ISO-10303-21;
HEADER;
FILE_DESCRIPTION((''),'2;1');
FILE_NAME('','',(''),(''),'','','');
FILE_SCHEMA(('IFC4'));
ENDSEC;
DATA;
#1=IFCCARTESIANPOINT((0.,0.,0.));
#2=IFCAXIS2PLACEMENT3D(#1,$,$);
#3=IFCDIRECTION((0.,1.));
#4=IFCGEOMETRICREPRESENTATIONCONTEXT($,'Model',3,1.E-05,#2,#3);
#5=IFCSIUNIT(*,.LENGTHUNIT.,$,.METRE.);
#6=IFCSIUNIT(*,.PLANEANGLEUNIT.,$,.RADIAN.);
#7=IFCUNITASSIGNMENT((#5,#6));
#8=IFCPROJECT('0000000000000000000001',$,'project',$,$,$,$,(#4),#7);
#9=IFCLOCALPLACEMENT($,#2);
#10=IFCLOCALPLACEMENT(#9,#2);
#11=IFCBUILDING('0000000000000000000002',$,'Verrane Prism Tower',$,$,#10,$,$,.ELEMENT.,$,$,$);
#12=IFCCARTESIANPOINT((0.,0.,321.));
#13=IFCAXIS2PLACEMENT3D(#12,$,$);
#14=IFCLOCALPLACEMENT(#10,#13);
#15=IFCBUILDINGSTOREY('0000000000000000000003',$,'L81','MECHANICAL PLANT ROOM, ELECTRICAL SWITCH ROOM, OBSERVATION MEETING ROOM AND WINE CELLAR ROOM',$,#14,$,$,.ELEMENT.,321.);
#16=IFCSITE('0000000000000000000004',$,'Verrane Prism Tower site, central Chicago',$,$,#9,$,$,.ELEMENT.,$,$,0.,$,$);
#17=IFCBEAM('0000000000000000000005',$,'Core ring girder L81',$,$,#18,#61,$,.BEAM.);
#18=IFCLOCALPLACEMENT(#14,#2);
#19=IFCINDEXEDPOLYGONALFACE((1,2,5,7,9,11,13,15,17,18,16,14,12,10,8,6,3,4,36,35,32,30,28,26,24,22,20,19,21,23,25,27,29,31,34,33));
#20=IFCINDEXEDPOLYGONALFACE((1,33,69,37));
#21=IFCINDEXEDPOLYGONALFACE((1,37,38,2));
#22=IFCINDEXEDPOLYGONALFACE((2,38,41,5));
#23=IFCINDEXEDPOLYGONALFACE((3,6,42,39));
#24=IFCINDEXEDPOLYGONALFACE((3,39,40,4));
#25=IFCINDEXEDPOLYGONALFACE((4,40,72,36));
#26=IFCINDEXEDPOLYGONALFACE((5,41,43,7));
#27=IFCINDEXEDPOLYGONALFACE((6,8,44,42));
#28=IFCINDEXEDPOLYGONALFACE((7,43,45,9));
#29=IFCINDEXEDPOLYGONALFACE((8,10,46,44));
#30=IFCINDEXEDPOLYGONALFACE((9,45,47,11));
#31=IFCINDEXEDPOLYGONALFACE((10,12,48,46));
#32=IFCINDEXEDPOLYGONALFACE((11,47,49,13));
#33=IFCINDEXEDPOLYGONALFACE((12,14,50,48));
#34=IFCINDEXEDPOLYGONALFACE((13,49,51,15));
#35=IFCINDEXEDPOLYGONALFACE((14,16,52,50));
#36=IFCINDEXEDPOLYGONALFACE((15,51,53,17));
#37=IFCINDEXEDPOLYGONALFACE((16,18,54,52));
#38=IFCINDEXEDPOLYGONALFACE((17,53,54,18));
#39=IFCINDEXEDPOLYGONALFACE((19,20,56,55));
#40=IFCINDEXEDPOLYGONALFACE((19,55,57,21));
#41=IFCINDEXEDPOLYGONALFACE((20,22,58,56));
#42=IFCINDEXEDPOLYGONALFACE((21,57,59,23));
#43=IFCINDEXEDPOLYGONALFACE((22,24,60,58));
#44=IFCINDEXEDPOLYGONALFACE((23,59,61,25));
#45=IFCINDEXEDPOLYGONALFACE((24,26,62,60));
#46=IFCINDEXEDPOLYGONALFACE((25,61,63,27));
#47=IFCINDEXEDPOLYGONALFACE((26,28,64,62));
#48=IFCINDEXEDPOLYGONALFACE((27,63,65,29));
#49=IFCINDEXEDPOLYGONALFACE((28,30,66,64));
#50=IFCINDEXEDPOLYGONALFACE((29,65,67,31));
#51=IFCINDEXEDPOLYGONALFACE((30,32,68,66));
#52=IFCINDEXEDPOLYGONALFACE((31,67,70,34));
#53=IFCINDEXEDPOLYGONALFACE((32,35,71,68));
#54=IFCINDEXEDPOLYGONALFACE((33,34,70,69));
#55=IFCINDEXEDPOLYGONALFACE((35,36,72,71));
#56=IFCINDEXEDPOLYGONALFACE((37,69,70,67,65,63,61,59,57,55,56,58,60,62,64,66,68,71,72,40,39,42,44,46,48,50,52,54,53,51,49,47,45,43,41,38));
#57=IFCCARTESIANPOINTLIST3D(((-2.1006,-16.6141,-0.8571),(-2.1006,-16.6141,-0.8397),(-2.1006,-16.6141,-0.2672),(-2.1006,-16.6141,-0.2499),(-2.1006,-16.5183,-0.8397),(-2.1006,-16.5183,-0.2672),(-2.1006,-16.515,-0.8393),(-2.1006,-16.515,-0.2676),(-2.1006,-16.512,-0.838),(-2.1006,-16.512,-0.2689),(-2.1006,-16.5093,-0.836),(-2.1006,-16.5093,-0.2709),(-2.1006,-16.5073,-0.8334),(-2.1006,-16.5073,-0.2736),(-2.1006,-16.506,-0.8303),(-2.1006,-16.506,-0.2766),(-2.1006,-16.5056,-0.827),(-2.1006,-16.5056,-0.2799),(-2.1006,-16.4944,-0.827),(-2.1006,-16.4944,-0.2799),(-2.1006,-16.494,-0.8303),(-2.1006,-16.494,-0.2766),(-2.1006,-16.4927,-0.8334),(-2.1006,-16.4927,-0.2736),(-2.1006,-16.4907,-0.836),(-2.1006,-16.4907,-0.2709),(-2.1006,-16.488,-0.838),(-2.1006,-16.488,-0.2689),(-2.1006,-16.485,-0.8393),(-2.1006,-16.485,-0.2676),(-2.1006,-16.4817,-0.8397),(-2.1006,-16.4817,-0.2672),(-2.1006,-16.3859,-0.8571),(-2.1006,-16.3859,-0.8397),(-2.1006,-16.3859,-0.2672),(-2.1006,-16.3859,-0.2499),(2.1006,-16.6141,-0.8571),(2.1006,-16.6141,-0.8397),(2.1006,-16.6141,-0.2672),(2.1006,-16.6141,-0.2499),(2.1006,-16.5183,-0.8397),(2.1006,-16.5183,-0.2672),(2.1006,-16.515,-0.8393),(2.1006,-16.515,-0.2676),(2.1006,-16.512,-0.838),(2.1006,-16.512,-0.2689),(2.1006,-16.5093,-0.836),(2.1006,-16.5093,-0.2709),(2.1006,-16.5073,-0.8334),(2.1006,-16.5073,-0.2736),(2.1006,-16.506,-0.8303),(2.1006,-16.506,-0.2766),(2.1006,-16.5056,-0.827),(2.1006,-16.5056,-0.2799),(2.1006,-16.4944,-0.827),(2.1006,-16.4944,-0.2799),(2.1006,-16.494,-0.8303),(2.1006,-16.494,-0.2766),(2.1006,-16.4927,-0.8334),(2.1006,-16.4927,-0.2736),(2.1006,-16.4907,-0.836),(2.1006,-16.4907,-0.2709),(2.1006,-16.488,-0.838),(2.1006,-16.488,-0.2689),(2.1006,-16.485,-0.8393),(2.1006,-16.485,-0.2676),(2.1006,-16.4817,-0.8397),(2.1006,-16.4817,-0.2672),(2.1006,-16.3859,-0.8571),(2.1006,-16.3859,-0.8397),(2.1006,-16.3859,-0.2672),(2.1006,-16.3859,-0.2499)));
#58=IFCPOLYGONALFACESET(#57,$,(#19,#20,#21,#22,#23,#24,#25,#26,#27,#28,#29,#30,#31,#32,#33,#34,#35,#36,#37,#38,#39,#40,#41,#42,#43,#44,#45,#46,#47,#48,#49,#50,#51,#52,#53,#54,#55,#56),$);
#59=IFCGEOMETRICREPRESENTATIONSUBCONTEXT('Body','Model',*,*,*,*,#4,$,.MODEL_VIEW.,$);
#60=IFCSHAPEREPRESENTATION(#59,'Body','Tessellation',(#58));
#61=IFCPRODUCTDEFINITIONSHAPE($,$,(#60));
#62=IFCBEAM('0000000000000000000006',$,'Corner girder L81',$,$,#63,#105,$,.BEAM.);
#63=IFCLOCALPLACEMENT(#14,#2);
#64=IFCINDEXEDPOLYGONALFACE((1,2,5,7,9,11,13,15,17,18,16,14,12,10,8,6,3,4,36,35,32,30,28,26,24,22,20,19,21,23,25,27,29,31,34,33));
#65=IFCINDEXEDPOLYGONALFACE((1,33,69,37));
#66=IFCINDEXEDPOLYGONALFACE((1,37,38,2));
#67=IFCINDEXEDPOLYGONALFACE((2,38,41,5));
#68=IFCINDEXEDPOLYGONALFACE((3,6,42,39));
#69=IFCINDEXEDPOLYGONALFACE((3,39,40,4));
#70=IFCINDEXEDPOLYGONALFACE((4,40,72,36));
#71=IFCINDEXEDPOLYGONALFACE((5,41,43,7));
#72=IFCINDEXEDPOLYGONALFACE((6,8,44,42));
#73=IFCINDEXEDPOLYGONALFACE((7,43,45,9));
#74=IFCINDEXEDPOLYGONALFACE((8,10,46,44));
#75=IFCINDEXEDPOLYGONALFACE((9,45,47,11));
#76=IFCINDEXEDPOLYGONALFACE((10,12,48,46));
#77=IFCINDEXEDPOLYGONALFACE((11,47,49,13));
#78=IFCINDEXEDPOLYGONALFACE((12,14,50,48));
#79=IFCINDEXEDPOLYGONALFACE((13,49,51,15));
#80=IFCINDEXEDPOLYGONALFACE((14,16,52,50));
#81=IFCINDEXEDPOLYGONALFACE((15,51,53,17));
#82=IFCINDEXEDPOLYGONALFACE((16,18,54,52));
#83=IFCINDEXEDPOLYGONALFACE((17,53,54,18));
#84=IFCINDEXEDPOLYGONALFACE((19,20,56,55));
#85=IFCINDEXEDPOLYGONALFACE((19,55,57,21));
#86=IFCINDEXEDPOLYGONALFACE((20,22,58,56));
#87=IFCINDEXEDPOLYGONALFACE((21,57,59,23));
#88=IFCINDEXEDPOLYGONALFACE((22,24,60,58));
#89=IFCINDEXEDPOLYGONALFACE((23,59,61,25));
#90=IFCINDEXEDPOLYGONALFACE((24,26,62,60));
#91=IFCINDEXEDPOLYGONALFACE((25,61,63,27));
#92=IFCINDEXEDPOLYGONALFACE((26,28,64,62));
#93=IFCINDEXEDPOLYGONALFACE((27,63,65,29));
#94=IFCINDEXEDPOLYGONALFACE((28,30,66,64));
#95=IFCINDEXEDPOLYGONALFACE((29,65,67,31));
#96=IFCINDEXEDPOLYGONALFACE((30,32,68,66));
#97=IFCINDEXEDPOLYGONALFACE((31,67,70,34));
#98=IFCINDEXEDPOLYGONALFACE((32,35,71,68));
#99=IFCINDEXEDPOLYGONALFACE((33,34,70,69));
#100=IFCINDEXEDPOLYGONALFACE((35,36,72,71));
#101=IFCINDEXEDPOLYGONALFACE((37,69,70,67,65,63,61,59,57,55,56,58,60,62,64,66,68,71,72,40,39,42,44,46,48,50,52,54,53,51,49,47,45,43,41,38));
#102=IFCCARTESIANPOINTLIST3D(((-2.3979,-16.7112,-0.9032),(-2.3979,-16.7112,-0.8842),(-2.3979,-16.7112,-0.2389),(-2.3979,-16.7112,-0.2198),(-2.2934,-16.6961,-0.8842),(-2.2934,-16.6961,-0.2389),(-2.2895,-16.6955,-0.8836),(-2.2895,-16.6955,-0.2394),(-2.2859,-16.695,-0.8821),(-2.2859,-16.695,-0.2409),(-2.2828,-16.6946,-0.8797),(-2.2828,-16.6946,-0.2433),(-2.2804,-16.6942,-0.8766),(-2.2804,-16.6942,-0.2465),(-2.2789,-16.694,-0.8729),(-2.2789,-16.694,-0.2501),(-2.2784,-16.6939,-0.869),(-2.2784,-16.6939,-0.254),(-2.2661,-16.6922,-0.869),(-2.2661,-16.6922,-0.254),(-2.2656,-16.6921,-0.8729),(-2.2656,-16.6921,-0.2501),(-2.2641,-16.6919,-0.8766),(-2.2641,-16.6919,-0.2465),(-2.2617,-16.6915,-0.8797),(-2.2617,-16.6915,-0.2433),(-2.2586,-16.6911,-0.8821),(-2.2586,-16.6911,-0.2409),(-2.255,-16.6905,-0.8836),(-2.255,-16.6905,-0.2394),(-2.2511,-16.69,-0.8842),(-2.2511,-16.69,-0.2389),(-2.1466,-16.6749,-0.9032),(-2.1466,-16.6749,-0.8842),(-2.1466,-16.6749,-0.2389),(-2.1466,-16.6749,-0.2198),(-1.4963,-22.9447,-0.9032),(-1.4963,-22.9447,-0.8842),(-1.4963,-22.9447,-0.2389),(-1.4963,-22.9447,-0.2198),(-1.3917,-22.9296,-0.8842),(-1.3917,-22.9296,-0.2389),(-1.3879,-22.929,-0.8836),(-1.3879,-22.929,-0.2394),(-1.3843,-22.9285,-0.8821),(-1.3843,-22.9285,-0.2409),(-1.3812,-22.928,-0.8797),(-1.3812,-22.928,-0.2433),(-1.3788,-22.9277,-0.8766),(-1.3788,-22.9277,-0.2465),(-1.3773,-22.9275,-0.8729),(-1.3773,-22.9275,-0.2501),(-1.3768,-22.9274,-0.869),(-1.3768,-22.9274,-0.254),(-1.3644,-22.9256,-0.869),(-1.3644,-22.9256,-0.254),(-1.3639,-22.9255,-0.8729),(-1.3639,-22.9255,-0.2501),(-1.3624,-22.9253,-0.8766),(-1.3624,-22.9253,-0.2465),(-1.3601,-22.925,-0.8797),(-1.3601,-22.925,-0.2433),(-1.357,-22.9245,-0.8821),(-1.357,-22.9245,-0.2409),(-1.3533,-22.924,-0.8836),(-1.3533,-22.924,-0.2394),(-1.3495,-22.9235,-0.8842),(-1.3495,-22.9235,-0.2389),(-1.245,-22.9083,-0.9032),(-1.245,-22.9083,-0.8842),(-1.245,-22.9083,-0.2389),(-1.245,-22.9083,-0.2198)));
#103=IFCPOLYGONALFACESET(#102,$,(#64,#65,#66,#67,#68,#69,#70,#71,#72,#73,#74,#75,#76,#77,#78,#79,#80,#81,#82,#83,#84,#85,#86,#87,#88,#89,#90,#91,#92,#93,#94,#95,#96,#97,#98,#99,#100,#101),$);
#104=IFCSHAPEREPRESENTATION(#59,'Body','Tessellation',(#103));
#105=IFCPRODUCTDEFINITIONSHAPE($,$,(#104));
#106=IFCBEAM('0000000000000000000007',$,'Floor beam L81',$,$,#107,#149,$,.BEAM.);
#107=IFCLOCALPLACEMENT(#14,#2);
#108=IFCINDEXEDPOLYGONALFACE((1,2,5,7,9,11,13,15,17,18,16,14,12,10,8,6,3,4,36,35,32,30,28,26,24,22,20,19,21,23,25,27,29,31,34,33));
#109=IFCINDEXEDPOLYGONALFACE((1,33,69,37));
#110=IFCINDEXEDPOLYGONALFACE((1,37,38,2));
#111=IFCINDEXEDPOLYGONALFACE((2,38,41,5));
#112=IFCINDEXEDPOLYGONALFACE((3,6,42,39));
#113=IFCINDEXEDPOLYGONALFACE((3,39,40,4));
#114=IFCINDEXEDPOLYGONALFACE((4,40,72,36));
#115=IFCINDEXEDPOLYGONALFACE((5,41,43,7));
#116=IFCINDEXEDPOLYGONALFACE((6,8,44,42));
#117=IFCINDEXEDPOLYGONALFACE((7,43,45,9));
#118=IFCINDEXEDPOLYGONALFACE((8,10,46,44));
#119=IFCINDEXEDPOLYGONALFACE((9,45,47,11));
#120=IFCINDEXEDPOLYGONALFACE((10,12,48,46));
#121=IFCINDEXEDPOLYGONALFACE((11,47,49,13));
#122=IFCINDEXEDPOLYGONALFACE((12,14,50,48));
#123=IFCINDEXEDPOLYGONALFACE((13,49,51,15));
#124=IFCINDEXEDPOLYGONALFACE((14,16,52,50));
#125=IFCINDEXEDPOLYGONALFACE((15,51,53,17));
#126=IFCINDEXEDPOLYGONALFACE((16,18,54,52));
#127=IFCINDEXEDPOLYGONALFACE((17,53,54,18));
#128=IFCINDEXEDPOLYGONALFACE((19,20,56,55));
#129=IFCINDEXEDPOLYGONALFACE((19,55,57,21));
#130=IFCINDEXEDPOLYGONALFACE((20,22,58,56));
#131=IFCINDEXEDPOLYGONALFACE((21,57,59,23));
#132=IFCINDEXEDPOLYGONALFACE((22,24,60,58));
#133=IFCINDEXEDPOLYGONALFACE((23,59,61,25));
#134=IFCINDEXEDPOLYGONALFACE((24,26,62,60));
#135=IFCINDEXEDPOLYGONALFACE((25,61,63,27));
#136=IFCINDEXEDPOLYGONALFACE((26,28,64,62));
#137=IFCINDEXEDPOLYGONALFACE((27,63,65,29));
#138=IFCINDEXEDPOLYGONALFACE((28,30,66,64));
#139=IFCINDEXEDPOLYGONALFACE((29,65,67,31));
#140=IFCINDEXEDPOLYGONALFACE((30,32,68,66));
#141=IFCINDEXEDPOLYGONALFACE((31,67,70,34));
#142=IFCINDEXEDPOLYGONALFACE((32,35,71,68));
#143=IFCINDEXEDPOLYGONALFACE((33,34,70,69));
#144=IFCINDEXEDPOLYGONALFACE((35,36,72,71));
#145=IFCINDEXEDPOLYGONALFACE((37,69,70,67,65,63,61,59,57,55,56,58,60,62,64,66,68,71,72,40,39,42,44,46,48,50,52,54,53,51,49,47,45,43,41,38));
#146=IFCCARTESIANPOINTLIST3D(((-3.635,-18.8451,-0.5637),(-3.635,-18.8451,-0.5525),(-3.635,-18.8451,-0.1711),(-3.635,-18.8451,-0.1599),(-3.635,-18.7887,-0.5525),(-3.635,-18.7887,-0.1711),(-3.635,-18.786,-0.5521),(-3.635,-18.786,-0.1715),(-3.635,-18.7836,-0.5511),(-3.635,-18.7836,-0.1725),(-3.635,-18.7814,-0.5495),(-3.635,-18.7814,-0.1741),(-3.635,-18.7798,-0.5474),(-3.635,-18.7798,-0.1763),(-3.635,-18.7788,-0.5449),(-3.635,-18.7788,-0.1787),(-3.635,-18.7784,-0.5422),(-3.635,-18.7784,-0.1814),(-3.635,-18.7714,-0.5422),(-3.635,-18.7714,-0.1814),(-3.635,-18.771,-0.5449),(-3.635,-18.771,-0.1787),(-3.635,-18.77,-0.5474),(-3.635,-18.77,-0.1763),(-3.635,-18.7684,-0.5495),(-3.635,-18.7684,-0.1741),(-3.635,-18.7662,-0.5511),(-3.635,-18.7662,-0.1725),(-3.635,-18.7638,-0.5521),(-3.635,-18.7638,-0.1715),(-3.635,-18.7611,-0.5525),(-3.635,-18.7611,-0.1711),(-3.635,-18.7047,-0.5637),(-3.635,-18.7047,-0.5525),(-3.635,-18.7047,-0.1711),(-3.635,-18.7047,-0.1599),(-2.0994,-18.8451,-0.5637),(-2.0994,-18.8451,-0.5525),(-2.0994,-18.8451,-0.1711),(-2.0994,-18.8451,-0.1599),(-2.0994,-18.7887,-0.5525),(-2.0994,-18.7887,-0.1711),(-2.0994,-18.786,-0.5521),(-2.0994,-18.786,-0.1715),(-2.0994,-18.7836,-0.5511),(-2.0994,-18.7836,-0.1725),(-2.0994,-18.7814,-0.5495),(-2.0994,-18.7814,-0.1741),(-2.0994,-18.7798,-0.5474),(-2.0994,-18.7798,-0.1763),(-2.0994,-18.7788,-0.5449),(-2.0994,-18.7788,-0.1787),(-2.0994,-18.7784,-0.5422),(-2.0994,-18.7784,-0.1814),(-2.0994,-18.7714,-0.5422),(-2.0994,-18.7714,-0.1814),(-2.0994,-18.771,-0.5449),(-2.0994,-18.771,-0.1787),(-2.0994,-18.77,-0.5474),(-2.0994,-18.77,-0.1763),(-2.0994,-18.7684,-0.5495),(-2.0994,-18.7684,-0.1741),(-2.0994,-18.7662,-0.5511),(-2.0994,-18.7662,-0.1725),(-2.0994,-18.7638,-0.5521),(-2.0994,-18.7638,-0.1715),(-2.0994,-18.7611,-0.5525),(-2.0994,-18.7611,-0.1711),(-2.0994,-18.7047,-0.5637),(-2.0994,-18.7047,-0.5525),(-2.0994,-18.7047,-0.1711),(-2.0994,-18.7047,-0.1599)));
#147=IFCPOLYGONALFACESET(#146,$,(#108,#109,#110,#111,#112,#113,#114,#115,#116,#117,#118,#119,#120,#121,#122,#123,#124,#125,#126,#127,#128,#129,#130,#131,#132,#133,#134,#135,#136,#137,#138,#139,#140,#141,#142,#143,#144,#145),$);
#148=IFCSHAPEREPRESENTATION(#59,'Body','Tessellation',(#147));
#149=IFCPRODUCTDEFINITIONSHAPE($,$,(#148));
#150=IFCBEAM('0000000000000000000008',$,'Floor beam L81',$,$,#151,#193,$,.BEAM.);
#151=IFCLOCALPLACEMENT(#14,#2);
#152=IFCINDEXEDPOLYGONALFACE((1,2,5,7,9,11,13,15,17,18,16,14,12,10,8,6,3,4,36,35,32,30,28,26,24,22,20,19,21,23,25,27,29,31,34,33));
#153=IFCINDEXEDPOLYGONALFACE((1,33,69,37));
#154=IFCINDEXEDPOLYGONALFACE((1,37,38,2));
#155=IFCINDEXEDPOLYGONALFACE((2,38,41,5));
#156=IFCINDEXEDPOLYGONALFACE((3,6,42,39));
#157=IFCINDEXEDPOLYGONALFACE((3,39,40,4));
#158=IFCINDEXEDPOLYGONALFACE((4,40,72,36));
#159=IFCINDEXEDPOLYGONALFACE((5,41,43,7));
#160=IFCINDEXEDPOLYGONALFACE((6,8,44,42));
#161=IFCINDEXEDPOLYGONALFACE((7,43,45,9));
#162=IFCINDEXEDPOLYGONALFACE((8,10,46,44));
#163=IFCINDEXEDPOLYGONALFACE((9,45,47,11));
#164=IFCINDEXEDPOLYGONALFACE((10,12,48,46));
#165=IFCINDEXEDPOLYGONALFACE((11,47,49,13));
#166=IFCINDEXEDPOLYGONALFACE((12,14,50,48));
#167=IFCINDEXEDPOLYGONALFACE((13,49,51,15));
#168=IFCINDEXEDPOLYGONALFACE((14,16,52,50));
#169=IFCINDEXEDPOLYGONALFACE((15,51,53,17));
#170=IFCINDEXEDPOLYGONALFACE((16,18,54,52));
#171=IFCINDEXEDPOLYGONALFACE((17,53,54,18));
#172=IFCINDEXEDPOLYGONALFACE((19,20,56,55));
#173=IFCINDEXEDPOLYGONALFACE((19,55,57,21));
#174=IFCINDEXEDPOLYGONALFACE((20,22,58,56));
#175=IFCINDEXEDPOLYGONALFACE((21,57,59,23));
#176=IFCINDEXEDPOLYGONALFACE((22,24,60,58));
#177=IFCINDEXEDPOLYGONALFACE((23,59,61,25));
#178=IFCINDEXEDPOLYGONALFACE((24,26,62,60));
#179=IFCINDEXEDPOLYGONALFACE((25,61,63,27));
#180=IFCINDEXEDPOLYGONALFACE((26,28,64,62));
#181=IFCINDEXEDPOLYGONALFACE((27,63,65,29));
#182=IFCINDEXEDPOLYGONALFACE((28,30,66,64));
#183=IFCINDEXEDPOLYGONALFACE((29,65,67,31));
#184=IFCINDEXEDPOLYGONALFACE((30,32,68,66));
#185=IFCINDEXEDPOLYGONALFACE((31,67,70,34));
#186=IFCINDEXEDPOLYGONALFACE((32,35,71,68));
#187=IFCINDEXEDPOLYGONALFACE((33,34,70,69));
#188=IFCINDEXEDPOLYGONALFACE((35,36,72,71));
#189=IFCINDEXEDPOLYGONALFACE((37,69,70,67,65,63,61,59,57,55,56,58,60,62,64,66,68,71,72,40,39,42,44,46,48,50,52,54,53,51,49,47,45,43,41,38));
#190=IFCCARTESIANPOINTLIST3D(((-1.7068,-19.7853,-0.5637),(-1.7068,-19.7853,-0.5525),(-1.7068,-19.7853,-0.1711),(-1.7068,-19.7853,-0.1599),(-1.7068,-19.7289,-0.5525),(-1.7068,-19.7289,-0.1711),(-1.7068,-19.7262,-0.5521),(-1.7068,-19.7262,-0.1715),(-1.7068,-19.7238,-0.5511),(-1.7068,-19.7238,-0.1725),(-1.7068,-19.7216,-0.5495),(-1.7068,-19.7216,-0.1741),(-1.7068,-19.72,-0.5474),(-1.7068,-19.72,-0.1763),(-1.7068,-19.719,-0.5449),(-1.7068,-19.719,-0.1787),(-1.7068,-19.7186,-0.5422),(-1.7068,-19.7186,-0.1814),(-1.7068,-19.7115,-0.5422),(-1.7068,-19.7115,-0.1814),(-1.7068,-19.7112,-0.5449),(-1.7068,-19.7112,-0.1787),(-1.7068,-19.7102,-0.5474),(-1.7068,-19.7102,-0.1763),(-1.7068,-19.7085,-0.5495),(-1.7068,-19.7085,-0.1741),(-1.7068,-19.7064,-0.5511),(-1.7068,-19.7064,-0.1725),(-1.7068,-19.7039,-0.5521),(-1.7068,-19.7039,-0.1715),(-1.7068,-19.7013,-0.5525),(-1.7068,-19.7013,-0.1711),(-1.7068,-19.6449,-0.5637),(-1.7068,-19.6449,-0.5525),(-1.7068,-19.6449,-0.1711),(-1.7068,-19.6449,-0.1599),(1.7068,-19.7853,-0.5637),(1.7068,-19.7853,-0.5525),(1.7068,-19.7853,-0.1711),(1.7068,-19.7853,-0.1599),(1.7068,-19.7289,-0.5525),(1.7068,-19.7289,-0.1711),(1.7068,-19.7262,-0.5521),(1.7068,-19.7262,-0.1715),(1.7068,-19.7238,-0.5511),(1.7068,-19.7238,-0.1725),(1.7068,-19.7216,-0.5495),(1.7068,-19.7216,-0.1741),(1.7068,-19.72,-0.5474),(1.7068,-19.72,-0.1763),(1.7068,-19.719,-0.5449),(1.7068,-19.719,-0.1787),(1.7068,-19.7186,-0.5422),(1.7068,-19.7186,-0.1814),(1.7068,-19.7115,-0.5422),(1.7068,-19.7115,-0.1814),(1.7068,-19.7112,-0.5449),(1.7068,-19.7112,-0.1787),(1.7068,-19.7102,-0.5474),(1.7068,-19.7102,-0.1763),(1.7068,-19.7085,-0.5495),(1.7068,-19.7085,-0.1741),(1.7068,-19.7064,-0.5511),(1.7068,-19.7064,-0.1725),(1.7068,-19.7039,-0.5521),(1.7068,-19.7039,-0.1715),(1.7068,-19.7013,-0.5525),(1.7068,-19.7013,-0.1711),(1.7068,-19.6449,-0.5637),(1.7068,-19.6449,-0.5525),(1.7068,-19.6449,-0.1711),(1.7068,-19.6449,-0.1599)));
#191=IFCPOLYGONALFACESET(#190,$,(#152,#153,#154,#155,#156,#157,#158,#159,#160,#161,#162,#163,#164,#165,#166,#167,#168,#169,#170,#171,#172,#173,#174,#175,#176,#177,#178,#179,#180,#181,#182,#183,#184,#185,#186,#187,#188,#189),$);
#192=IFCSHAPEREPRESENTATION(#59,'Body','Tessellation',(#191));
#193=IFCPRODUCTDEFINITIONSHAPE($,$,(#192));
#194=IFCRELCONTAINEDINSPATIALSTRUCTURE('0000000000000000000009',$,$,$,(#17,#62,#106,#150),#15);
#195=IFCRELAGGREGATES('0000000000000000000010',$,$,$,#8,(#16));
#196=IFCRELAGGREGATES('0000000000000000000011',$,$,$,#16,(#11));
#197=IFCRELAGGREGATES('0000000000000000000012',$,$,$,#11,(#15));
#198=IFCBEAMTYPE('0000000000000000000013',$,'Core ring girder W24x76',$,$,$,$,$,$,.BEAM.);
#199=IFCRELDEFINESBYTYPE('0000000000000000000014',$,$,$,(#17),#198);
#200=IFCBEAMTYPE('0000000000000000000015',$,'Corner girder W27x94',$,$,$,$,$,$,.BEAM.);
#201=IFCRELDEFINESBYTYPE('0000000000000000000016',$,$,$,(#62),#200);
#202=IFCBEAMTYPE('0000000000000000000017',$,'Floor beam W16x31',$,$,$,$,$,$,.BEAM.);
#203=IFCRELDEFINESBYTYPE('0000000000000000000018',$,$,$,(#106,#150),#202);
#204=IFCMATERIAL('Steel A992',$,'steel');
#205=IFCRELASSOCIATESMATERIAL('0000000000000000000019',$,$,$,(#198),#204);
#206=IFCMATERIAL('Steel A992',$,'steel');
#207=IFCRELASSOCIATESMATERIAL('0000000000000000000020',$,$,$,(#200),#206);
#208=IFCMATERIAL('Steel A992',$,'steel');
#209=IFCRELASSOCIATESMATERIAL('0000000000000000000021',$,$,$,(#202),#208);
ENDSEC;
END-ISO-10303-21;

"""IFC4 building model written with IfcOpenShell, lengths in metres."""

from ifc_helpers import new_model, si_unit, direction, frame, origin, origin_2d, place, context, subcontext, project, spatial, i_section, extrude, material, material_profile, profile_set, type_object, element, save


model = new_model("IFC4")

# Units and contexts
model_context = context("Model", 3, precision=1e-05, world=origin(), true_north=direction((0.0, 1.0)))
body_context = subcontext(model_context, "Body", "Model", "MODEL_VIEW")
ifc_project = project(units=[si_unit("LENGTHUNIT", "METRE"), si_unit("PLANEANGLEUNIT", "RADIAN")], contexts=[model_context])

# Site, building, storey
site_placement = place(None, origin())
site = spatial("IfcSite", under=ifc_project, at=site_placement, Name="Verrane Prism Tower site, central Chicago", CompositionType="ELEMENT", RefElevation=0.0)
building_placement = place(site_placement, origin())
building = spatial("IfcBuilding", under=site, at=building_placement, Name="Verrane Prism Tower", CompositionType="ELEMENT")
storey_placement = place(building_placement, frame((0.0, 0.0, 321.0)))
storey = spatial("IfcBuildingStorey", under=building, at=storey_placement, Name="L81", Description="MECHANICAL PLANT ROOM, ELECTRICAL SWITCH ROOM, OBSERVATION MEETING ROOM AND WINE CELLAR ROOM", CompositionType="ELEMENT", Elevation=321.0)

# Beams
ifc_material_1 = material(Name="Steel A992", Category="steel")
ifc_material_profile_1 = material_profile(ifc_material_1, i_section(OverallWidth=0.2283, OverallDepth=0.6072, WebThickness=0.0112, FlangeThickness=0.0173, FilletRadius=0.0127, at=origin_2d()), Name="W24x76")
ifc_profile_set_1 = profile_set([ifc_material_profile_1], Name="Steel A992")
beam_type_1 = type_object("IfcBeamType", Name="Core ring girder W24x76", PredefinedType="BEAM", material=ifc_profile_set_1)
beam_1_placement = place(storey_placement, frame((-2.1006, -16.5, -0.5535), z_axis=(1.0, 0.0, 0.0), x_axis=(0.0, 1.0, 0.0)))
element("IfcBeam", 1, at=beam_1_placement, inside=storey, type_object=beam_type_1, Name="Core ring girder L81", PredefinedType="BEAM", context=body_context, shape_type="SweptSolid", body=[
    extrude(i_section(OverallWidth=0.2283, OverallDepth=0.6072, WebThickness=0.0112, FlangeThickness=0.0173, FilletRadius=0.0127, at=origin_2d()), origin(), (0.0, 0.0, 1.0), 4.2012),
])
ifc_material_2 = material(Name="Steel A992", Category="steel")
ifc_material_profile_2 = material_profile(ifc_material_2, i_section(OverallWidth=0.2539, OverallDepth=0.6833, WebThickness=0.0125, FlangeThickness=0.019, FilletRadius=0.0151, at=origin_2d()), Name="W27x94")
ifc_profile_set_2 = profile_set([ifc_material_profile_2], Name="Steel A992")
beam_type_2 = type_object("IfcBeamType", Name="Corner girder W27x94", PredefinedType="BEAM", material=ifc_profile_set_2)
beam_2_placement = place(storey_placement, frame((-1.3706, -22.9265, -0.5615), z_axis=(-0.143152, 0.989701, 0.0), x_axis=(-0.989701, -0.143152, 0.0)))
element("IfcBeam", 2, at=beam_2_placement, inside=storey, type_object=beam_type_2, Name="Corner girder L81", PredefinedType="BEAM", context=body_context, shape_type="SweptSolid", body=[
    extrude(i_section(OverallWidth=0.2539, OverallDepth=0.6833, WebThickness=0.0125, FlangeThickness=0.019, FilletRadius=0.0151, at=origin_2d()), origin(), (0.0, 0.0, 1.0), 6.2983),
])
ifc_material_3 = material(Name="Steel A992", Category="steel")
ifc_material_profile_3 = material_profile(ifc_material_3, i_section(OverallWidth=0.1404, OverallDepth=0.4038, WebThickness=0.0071, FlangeThickness=0.0112, FilletRadius=0.0103, at=origin_2d()), Name="W16x31")
ifc_profile_set_3 = profile_set([ifc_material_profile_3], Name="Steel A992")
beam_type_3 = type_object("IfcBeamType", Name="Floor beam W16x31", PredefinedType="BEAM", material=ifc_profile_set_3)
beam_3_placement = place(storey_placement, frame((-3.635, -18.7749, -0.3618), z_axis=(1.0, 0.0, 0.0), x_axis=(0.0, 1.0, 0.0)))
element("IfcBeam", 3, at=beam_3_placement, inside=storey, type_object=beam_type_3, Name="Floor beam L81", PredefinedType="BEAM", context=body_context, shape_type="SweptSolid", body=[
    extrude(i_section(OverallWidth=0.1404, OverallDepth=0.4038, WebThickness=0.0071, FlangeThickness=0.0112, FilletRadius=0.0103, at=origin_2d()), origin(), (0.0, 0.0, 1.0), 1.5356),
])
beam_4_placement = place(storey_placement, frame((-1.7068, -19.7151, -0.3618), z_axis=(1.0, 0.0, 0.0), x_axis=(0.0, 1.0, 0.0)))
element("IfcBeam", 4, at=beam_4_placement, inside=storey, type_object=beam_type_3, Name="Floor beam L81", PredefinedType="BEAM", context=body_context, shape_type="SweptSolid", body=[
    extrude(i_section(OverallWidth=0.1404, OverallDepth=0.4038, WebThickness=0.0071, FlangeThickness=0.0112, FilletRadius=0.0103, at=origin_2d()), origin(), (0.0, 0.0, 1.0), 3.4136),
])

save(model, "model.ifc")
